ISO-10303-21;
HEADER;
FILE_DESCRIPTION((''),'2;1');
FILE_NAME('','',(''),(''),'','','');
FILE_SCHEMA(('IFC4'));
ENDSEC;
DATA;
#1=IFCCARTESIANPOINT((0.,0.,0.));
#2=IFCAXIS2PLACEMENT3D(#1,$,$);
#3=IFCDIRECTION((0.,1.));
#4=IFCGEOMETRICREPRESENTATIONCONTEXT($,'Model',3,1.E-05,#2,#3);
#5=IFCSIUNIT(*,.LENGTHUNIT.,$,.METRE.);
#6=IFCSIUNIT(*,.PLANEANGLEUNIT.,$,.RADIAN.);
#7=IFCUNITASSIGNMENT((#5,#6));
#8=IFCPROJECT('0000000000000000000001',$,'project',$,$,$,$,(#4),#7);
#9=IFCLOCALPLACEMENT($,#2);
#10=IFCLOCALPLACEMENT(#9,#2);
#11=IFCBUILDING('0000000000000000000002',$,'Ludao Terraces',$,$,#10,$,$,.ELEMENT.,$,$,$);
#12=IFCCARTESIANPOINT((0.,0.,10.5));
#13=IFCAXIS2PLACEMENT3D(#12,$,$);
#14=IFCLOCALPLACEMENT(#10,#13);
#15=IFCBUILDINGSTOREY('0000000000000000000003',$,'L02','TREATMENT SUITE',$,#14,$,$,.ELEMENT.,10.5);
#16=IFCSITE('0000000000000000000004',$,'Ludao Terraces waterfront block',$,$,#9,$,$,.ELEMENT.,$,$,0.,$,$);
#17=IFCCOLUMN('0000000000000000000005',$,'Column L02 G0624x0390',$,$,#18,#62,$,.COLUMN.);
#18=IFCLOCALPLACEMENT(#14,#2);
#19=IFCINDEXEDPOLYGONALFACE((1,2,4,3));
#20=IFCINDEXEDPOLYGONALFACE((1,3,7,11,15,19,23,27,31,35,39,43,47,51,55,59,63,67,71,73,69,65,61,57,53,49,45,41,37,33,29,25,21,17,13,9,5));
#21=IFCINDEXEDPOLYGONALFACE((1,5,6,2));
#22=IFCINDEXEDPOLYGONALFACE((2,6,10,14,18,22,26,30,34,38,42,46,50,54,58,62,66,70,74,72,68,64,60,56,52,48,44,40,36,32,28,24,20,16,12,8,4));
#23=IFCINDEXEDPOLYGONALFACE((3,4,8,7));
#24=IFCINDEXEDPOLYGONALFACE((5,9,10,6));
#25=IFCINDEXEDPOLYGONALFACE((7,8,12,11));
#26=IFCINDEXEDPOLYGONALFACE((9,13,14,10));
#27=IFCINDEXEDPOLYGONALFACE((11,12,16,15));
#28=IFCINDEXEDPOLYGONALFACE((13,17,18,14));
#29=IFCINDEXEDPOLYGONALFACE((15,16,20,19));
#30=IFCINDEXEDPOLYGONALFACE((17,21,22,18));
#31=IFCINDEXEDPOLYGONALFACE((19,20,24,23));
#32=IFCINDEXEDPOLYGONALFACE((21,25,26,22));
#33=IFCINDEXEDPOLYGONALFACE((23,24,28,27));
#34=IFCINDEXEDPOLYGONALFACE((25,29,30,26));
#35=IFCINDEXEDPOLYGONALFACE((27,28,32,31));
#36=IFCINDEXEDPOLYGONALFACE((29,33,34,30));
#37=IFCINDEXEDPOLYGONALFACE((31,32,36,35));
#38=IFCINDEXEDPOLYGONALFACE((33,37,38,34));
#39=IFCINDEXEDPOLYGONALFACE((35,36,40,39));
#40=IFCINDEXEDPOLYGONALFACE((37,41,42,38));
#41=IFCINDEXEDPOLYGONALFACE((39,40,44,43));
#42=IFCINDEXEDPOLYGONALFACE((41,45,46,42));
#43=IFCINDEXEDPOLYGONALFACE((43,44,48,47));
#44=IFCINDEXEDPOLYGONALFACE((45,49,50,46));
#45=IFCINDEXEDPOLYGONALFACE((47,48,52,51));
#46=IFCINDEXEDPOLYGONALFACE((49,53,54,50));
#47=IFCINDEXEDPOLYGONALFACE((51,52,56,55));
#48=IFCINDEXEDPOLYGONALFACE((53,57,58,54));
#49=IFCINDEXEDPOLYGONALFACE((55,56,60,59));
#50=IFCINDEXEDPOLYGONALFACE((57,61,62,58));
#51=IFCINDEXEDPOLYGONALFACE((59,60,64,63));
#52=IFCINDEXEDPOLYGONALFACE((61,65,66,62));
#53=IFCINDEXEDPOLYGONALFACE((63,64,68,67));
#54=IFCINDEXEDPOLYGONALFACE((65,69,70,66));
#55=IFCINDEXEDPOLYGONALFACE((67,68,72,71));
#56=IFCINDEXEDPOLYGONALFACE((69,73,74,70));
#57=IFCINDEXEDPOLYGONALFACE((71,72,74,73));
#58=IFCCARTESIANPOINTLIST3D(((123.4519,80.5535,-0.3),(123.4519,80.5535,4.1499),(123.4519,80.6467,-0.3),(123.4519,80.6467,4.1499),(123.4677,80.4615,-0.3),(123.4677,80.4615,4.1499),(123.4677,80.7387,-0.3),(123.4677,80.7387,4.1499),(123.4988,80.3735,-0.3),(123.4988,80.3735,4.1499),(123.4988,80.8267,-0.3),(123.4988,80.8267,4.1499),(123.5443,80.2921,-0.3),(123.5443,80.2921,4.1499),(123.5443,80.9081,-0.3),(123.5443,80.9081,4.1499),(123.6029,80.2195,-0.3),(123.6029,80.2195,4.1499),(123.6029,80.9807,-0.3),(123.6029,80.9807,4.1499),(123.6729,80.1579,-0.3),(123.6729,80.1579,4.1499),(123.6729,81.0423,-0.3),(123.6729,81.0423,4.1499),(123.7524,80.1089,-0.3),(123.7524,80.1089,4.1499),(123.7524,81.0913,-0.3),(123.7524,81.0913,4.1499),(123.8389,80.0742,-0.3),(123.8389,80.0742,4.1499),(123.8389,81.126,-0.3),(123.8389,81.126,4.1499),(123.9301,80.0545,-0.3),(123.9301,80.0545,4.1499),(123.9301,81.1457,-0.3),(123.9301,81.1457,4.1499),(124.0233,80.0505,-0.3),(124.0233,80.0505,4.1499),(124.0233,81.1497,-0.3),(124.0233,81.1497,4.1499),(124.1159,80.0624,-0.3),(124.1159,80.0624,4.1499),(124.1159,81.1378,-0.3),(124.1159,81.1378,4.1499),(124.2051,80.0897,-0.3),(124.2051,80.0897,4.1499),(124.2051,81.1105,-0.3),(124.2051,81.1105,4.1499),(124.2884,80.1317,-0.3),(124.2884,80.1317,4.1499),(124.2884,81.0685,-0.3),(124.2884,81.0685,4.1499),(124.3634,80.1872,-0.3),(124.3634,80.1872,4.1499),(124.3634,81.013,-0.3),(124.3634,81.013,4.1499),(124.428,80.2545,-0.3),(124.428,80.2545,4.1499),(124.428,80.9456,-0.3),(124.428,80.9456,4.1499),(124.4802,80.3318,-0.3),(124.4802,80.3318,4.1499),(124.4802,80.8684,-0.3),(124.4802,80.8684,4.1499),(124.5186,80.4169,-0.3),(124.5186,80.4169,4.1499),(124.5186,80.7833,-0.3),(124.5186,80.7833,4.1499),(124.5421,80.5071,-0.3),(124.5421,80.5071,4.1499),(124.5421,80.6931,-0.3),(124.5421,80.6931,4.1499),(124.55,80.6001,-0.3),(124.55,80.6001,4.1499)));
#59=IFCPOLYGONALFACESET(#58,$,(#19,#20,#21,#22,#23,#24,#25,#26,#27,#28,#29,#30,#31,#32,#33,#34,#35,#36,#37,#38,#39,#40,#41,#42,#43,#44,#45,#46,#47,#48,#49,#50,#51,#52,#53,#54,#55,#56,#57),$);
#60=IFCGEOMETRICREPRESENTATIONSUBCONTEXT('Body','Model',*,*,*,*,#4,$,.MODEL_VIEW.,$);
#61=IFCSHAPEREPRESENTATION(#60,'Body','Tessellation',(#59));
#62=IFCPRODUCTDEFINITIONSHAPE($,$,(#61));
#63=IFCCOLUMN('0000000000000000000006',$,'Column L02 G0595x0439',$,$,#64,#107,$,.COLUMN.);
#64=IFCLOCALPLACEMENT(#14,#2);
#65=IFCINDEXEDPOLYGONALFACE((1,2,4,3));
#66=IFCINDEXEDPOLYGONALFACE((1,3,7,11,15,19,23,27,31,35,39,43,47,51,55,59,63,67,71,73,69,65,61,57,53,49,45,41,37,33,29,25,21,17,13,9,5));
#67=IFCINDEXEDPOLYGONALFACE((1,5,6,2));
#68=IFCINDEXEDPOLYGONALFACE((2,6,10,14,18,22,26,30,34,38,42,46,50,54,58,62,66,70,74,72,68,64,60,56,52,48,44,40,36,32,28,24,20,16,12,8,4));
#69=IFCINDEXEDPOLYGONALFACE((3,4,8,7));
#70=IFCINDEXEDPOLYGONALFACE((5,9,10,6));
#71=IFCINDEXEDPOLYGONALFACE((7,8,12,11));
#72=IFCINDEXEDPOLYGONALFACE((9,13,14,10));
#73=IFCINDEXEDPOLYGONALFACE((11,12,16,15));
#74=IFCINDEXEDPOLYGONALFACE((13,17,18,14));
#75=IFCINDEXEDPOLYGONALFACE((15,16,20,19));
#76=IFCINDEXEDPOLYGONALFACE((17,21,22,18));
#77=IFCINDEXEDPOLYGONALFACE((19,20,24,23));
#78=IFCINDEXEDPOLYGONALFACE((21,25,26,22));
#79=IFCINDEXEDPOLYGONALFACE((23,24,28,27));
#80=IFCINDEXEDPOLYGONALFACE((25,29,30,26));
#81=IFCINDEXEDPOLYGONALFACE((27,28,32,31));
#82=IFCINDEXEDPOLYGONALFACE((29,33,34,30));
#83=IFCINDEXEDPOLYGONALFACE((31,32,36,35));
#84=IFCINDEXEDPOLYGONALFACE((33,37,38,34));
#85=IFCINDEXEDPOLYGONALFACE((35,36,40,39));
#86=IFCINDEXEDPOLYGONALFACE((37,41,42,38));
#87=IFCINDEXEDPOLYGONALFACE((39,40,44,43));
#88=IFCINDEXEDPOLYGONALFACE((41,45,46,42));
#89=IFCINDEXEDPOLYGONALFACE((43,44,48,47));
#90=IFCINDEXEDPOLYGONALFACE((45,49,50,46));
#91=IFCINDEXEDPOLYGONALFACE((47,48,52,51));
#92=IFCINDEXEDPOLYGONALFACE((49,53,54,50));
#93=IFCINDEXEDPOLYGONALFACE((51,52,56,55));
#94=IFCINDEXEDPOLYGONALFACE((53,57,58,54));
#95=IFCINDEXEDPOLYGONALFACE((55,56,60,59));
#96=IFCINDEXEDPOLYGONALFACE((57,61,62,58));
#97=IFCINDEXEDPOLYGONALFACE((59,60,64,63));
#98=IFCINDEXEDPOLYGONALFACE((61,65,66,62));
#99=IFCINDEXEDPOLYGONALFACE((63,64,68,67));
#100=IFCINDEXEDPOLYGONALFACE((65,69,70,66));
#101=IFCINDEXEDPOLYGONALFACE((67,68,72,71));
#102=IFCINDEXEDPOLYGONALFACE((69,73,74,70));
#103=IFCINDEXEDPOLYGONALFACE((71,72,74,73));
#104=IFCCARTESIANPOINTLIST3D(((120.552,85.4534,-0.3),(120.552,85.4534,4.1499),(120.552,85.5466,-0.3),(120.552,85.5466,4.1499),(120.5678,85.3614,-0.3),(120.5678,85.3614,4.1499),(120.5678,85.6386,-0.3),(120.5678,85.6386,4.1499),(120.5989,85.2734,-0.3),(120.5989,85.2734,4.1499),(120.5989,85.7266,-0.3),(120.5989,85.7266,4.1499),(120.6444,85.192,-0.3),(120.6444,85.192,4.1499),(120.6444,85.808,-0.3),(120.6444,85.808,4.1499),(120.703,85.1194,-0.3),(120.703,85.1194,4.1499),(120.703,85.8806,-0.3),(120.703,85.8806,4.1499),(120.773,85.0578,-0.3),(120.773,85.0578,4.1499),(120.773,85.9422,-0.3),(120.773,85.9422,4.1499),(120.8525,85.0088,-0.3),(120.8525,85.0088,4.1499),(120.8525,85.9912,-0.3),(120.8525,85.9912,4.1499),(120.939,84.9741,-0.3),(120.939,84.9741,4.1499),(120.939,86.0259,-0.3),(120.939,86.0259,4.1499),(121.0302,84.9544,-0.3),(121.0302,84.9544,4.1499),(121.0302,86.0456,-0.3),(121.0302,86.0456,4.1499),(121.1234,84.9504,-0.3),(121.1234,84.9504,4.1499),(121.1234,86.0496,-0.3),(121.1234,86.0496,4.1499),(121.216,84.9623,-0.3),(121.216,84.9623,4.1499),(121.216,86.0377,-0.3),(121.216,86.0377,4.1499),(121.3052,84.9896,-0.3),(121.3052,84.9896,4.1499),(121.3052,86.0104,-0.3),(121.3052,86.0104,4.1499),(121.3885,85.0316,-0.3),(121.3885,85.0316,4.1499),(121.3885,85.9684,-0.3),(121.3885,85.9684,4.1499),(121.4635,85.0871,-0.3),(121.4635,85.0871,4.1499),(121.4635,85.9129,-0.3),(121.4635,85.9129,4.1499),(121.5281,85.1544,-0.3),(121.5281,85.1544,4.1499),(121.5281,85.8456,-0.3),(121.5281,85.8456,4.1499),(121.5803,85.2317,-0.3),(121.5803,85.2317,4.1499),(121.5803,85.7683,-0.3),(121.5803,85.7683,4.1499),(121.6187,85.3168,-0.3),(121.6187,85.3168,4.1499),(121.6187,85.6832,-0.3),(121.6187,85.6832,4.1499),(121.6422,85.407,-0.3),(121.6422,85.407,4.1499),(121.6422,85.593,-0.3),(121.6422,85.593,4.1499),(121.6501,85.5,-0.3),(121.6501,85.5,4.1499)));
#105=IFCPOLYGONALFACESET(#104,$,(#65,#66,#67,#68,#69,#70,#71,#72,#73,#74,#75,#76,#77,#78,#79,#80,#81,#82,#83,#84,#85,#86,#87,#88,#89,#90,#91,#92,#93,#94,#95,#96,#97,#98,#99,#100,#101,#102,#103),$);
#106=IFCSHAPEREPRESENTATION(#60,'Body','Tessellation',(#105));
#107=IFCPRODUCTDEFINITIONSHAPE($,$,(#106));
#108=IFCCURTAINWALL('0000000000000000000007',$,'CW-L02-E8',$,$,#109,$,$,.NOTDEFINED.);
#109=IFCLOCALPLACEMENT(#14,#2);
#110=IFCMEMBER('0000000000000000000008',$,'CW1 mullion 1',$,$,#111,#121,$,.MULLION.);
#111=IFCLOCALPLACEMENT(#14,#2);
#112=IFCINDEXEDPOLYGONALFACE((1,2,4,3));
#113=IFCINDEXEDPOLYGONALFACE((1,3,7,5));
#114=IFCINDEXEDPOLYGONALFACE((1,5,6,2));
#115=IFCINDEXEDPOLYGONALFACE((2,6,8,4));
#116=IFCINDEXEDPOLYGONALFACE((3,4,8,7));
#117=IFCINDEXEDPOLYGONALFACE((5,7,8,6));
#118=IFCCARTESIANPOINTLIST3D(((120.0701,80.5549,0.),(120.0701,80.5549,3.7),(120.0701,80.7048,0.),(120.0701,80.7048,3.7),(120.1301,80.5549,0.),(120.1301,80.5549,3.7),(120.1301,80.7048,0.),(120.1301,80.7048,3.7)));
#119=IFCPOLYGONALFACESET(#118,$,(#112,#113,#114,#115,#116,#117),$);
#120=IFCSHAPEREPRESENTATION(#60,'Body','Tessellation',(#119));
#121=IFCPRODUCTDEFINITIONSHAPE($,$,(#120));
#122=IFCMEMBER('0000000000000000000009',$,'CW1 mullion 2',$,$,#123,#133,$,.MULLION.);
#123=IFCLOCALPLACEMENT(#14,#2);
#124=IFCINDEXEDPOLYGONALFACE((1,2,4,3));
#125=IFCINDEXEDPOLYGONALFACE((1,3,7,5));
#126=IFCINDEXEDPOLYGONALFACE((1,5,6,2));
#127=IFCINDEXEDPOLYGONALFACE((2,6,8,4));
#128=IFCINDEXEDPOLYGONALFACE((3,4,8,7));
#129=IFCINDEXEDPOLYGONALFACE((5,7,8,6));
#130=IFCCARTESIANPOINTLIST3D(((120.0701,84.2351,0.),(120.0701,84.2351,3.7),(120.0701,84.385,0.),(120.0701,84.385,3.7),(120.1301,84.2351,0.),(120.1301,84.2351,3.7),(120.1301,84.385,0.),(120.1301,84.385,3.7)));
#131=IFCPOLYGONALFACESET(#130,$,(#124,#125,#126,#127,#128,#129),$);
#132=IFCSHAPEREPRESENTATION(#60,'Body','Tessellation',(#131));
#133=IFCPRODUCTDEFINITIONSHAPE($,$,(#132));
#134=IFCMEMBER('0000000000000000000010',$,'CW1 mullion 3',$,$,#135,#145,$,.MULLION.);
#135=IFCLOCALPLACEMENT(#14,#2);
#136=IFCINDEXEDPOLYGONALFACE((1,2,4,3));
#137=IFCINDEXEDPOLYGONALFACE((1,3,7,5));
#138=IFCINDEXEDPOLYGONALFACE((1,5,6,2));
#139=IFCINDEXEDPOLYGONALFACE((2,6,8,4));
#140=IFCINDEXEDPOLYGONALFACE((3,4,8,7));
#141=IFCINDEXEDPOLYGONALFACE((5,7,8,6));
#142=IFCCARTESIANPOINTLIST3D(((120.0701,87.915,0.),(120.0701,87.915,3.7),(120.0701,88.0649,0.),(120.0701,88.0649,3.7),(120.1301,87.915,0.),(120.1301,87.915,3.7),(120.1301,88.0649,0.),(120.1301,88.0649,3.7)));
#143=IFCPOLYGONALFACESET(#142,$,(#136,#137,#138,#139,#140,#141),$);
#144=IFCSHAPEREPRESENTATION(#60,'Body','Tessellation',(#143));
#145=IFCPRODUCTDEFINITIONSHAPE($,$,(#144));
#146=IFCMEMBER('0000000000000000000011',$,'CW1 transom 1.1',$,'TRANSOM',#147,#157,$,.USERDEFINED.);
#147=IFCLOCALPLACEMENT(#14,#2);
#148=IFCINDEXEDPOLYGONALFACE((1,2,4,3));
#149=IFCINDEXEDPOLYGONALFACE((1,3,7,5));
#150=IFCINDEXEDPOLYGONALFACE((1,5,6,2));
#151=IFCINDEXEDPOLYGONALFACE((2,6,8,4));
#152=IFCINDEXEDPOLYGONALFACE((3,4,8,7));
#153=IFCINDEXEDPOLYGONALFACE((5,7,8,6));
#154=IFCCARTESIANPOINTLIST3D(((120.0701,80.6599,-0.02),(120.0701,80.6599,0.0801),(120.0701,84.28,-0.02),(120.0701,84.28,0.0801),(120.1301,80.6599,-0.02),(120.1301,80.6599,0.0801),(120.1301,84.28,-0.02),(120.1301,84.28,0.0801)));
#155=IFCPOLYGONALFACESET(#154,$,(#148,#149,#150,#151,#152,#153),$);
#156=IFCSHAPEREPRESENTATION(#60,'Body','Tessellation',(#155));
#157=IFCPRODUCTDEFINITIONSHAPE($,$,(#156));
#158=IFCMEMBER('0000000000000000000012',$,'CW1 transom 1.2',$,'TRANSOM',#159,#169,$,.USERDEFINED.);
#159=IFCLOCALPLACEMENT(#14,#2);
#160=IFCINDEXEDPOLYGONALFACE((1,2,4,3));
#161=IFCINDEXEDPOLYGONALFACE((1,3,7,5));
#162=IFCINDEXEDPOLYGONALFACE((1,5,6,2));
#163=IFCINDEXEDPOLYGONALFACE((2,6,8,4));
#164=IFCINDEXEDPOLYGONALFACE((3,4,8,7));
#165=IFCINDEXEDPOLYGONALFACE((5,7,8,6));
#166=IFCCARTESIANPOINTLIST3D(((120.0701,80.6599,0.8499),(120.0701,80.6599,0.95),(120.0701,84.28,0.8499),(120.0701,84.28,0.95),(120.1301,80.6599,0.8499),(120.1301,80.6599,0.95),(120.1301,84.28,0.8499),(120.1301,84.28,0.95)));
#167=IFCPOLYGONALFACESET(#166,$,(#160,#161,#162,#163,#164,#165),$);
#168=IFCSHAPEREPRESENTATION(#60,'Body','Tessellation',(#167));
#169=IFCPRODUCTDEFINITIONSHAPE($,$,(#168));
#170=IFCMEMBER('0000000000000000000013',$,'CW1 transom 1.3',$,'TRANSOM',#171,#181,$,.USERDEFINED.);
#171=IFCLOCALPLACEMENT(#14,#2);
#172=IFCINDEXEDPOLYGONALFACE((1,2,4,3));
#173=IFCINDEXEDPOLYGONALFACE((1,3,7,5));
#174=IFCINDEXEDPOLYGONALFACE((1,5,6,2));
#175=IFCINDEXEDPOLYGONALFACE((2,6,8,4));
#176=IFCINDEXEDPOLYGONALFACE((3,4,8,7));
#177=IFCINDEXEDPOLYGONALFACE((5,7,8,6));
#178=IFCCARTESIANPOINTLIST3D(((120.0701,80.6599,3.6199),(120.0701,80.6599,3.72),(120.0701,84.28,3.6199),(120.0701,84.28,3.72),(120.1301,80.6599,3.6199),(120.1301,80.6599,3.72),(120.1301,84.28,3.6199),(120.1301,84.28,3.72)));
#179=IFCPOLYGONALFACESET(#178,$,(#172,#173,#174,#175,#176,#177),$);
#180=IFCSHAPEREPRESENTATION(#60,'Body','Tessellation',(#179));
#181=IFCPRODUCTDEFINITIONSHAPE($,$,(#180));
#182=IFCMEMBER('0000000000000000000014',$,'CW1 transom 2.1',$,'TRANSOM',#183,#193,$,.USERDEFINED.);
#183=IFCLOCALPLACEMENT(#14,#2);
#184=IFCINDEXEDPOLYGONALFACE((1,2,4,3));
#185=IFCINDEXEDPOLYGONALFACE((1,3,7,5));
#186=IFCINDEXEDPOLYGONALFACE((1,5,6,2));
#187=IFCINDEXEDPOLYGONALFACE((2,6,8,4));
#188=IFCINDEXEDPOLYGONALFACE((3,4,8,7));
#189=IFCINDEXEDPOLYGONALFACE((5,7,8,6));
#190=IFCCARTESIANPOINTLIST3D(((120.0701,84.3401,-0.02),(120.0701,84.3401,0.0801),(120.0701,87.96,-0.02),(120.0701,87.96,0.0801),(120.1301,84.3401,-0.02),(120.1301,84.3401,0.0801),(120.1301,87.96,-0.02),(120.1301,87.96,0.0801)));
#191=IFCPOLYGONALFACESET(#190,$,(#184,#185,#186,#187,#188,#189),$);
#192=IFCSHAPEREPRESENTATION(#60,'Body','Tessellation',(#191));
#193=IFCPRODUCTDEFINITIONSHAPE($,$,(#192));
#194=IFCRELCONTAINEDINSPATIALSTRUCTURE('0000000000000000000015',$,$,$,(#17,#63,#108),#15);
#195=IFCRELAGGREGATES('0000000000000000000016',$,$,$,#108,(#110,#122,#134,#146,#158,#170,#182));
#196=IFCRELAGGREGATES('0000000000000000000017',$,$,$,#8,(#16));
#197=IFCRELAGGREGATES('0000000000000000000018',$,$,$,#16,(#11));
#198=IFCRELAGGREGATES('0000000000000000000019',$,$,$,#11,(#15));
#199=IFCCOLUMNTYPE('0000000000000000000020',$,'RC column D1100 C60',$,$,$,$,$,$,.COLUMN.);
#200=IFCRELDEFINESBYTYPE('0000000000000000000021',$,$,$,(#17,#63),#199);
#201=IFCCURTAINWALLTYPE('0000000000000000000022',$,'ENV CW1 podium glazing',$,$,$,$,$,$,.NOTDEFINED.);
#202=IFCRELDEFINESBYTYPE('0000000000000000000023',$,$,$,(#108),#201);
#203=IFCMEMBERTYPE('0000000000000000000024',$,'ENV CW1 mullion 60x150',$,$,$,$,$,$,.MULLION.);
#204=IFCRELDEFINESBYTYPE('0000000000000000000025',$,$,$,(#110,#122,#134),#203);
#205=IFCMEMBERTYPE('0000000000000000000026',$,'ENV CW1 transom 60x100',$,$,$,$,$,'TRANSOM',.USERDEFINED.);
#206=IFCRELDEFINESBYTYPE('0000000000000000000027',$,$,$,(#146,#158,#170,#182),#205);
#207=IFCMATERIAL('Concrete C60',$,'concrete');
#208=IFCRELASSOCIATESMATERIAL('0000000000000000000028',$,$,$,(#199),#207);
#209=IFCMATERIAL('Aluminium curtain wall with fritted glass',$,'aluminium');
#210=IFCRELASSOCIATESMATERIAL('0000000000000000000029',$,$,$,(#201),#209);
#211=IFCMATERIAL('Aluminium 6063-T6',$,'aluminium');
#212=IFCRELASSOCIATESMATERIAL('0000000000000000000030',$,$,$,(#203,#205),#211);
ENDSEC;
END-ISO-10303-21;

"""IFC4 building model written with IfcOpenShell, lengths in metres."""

from ifc_helpers import new_model, si_unit, direction, frame, origin, origin_2d, place, context, subcontext, project, spatial, rectangle, circle, extrude, material, material_profile, profile_set, type_object, element, aggregate, save


model = new_model("IFC4")

# Units and contexts
model_context = context("Model", 3, precision=1e-05, world=origin(), true_north=direction((0.0, 1.0)))
body_context = subcontext(model_context, "Body", "Model", "MODEL_VIEW")
ifc_project = project(units=[si_unit("LENGTHUNIT", "METRE"), si_unit("PLANEANGLEUNIT", "RADIAN")], contexts=[model_context])

# Site, building, storey
site_placement = place(None, origin())
site = spatial("IfcSite", under=ifc_project, at=site_placement, Name="Ludao Terraces waterfront block", CompositionType="ELEMENT", RefElevation=0.0)
building_placement = place(site_placement, origin())
building = spatial("IfcBuilding", under=site, at=building_placement, Name="Ludao Terraces", CompositionType="ELEMENT")
storey_placement = place(building_placement, frame((0.0, 0.0, 10.5)))
storey = spatial("IfcBuildingStorey", under=building, at=storey_placement, Name="L02", Description="TREATMENT SUITE", CompositionType="ELEMENT", Elevation=10.5)

# Columns
ifc_material_1 = material(Name="Concrete C60", Category="concrete")
ifc_material_profile_1 = material_profile(ifc_material_1, circle(Radius=0.55, at=origin_2d()), Name="D1100")
ifc_profile_set_1 = profile_set([ifc_material_profile_1], Name="Concrete C60")
column_type = type_object("IfcColumnType", Name="RC column D1100 C60", PredefinedType="COLUMN", material=ifc_profile_set_1)
for number, where, z_axis, x_axis, name in (
    (1, (124.0, 80.6001, -0.3), (0.0, 0.0, 1.0), (1.0, 0.0, 0.0), "Column L02 G0624x0390"),
    (2, (121.1001, 85.5, -0.3), (0.0, 0.0, 1.0), (1.0, 0.0, 0.0), "Column L02 G0595x0439"),
):
    element("IfcColumn", number, at=place(storey_placement, frame(where, z_axis=z_axis, x_axis=x_axis)), inside=storey, type_object=column_type, Name=name, PredefinedType="COLUMN", context=body_context, shape_type="SweptSolid", body=[
        extrude(circle(Radius=0.55, at=origin_2d()), origin(), (0.0, 0.0, 1.0), 4.45),
    ])

# Curtain wall, members
ifc_material_2 = material(Name="Aluminium curtain wall with fritted glass", Category="aluminium")
curtain_wall_type = type_object("IfcCurtainWallType", Name="ENV CW1 podium glazing", PredefinedType="NOTDEFINED", material=ifc_material_2)
curtain_wall_placement = place(storey_placement, origin())
curtain_wall = element("IfcCurtainWall", 3, at=curtain_wall_placement, inside=storey, type_object=curtain_wall_type, Name="CW-L02-E8", PredefinedType="NOTDEFINED")
ifc_material_3 = material(Name="Aluminium 6063-T6", Category="aluminium")
ifc_material_profile_2 = material_profile(ifc_material_3, rectangle(XDim=0.0601, YDim=0.1499, at=origin_2d()), Name="60 X 150")
ifc_profile_set_2 = profile_set([ifc_material_profile_2], Name="Aluminium 6063-T6")
member_type_1 = type_object("IfcMemberType", Name="ENV CW1 mullion 60x150", PredefinedType="MULLION", material=ifc_profile_set_2)
member_1_placement = place(storey_placement, frame((120.1001, 80.6299, 0.0), z_axis=(0.0, 0.0, 1.0), x_axis=(-1.0, 0.0, 0.0)))
member_1 = element("IfcMember", 4, at=member_1_placement, type_object=member_type_1, Name="CW1 mullion 1", PredefinedType="MULLION", context=body_context, shape_type="SweptSolid", body=[
    extrude(rectangle(XDim=0.0601, YDim=0.1499, at=origin_2d()), origin(), (0.0, 0.0, 1.0), 3.7),
])
member_2_placement = place(storey_placement, frame((120.1001, 84.3101, 0.0), z_axis=(0.0, 0.0, 1.0), x_axis=(-1.0, 0.0, 0.0)))
member_2 = element("IfcMember", 5, at=member_2_placement, type_object=member_type_1, Name="CW1 mullion 2", PredefinedType="MULLION", context=body_context, shape_type="SweptSolid", body=[
    extrude(rectangle(XDim=0.0601, YDim=0.1499, at=origin_2d()), origin(), (0.0, 0.0, 1.0), 3.7),
])
member_3_placement = place(storey_placement, frame((120.1001, 87.99, 0.0), z_axis=(0.0, 0.0, 1.0), x_axis=(-1.0, 0.0, 0.0)))
member_3 = element("IfcMember", 6, at=member_3_placement, type_object=member_type_1, Name="CW1 mullion 3", PredefinedType="MULLION", context=body_context, shape_type="SweptSolid", body=[
    extrude(rectangle(XDim=0.0601, YDim=0.1499, at=origin_2d()), origin(), (0.0, 0.0, 1.0), 3.7),
])
ifc_material_profile_3 = material_profile(ifc_material_3, rectangle(XDim=0.0601, YDim=0.1001, at=origin_2d()), Name="60 X 100")
ifc_profile_set_3 = profile_set([ifc_material_profile_3], Name="Aluminium 6063-T6")
member_type_2 = type_object("IfcMemberType", Name="ENV CW1 transom 60x100", ElementType="TRANSOM", PredefinedType="USERDEFINED", material=ifc_profile_set_3)
member_4_placement = place(storey_placement, frame((120.1001, 80.6599, 0.03), z_axis=(0.0, 1.0, 0.0), x_axis=(-1.0, 0.0, 0.0)))
member_4 = element("IfcMember", 7, at=member_4_placement, type_object=member_type_2, Name="CW1 transom 1.1", ObjectType="TRANSOM", PredefinedType="USERDEFINED", context=body_context, shape_type="SweptSolid", body=[
    extrude(rectangle(XDim=0.0601, YDim=0.1001, at=origin_2d()), origin(), (0.0, 0.0, 1.0), 3.6201),
])
member_5_placement = place(storey_placement, frame((120.1001, 80.6599, 0.8999), z_axis=(0.0, 1.0, 0.0), x_axis=(-1.0, 0.0, 0.0)))
member_5 = element("IfcMember", 8, at=member_5_placement, type_object=member_type_2, Name="CW1 transom 1.2", ObjectType="TRANSOM", PredefinedType="USERDEFINED", context=body_context, shape_type="SweptSolid", body=[
    extrude(rectangle(XDim=0.0601, YDim=0.1001, at=origin_2d()), origin(), (0.0, 0.0, 1.0), 3.6201),
])
member_6_placement = place(storey_placement, frame((120.1001, 80.6599, 3.6699), z_axis=(0.0, 1.0, 0.0), x_axis=(-1.0, 0.0, 0.0)))
member_6 = element("IfcMember", 9, at=member_6_placement, type_object=member_type_2, Name="CW1 transom 1.3", ObjectType="TRANSOM", PredefinedType="USERDEFINED", context=body_context, shape_type="SweptSolid", body=[
    extrude(rectangle(XDim=0.0601, YDim=0.1001, at=origin_2d()), origin(), (0.0, 0.0, 1.0), 3.6201),
])
member_7_placement = place(storey_placement, frame((120.1001, 84.3401, 0.03), z_axis=(0.0, 1.0, 0.0), x_axis=(-1.0, 0.0, 0.0)))
member_7 = element("IfcMember", 10, at=member_7_placement, type_object=member_type_2, Name="CW1 transom 2.1", ObjectType="TRANSOM", PredefinedType="USERDEFINED", context=body_context, shape_type="SweptSolid", body=[
    extrude(rectangle(XDim=0.0601, YDim=0.1001, at=origin_2d()), origin(), (0.0, 0.0, 1.0), 3.6199),
])
aggregate(curtain_wall, [member_1, member_2, member_3, member_4, member_5, member_6, member_7])

save(model, "model.ifc")
